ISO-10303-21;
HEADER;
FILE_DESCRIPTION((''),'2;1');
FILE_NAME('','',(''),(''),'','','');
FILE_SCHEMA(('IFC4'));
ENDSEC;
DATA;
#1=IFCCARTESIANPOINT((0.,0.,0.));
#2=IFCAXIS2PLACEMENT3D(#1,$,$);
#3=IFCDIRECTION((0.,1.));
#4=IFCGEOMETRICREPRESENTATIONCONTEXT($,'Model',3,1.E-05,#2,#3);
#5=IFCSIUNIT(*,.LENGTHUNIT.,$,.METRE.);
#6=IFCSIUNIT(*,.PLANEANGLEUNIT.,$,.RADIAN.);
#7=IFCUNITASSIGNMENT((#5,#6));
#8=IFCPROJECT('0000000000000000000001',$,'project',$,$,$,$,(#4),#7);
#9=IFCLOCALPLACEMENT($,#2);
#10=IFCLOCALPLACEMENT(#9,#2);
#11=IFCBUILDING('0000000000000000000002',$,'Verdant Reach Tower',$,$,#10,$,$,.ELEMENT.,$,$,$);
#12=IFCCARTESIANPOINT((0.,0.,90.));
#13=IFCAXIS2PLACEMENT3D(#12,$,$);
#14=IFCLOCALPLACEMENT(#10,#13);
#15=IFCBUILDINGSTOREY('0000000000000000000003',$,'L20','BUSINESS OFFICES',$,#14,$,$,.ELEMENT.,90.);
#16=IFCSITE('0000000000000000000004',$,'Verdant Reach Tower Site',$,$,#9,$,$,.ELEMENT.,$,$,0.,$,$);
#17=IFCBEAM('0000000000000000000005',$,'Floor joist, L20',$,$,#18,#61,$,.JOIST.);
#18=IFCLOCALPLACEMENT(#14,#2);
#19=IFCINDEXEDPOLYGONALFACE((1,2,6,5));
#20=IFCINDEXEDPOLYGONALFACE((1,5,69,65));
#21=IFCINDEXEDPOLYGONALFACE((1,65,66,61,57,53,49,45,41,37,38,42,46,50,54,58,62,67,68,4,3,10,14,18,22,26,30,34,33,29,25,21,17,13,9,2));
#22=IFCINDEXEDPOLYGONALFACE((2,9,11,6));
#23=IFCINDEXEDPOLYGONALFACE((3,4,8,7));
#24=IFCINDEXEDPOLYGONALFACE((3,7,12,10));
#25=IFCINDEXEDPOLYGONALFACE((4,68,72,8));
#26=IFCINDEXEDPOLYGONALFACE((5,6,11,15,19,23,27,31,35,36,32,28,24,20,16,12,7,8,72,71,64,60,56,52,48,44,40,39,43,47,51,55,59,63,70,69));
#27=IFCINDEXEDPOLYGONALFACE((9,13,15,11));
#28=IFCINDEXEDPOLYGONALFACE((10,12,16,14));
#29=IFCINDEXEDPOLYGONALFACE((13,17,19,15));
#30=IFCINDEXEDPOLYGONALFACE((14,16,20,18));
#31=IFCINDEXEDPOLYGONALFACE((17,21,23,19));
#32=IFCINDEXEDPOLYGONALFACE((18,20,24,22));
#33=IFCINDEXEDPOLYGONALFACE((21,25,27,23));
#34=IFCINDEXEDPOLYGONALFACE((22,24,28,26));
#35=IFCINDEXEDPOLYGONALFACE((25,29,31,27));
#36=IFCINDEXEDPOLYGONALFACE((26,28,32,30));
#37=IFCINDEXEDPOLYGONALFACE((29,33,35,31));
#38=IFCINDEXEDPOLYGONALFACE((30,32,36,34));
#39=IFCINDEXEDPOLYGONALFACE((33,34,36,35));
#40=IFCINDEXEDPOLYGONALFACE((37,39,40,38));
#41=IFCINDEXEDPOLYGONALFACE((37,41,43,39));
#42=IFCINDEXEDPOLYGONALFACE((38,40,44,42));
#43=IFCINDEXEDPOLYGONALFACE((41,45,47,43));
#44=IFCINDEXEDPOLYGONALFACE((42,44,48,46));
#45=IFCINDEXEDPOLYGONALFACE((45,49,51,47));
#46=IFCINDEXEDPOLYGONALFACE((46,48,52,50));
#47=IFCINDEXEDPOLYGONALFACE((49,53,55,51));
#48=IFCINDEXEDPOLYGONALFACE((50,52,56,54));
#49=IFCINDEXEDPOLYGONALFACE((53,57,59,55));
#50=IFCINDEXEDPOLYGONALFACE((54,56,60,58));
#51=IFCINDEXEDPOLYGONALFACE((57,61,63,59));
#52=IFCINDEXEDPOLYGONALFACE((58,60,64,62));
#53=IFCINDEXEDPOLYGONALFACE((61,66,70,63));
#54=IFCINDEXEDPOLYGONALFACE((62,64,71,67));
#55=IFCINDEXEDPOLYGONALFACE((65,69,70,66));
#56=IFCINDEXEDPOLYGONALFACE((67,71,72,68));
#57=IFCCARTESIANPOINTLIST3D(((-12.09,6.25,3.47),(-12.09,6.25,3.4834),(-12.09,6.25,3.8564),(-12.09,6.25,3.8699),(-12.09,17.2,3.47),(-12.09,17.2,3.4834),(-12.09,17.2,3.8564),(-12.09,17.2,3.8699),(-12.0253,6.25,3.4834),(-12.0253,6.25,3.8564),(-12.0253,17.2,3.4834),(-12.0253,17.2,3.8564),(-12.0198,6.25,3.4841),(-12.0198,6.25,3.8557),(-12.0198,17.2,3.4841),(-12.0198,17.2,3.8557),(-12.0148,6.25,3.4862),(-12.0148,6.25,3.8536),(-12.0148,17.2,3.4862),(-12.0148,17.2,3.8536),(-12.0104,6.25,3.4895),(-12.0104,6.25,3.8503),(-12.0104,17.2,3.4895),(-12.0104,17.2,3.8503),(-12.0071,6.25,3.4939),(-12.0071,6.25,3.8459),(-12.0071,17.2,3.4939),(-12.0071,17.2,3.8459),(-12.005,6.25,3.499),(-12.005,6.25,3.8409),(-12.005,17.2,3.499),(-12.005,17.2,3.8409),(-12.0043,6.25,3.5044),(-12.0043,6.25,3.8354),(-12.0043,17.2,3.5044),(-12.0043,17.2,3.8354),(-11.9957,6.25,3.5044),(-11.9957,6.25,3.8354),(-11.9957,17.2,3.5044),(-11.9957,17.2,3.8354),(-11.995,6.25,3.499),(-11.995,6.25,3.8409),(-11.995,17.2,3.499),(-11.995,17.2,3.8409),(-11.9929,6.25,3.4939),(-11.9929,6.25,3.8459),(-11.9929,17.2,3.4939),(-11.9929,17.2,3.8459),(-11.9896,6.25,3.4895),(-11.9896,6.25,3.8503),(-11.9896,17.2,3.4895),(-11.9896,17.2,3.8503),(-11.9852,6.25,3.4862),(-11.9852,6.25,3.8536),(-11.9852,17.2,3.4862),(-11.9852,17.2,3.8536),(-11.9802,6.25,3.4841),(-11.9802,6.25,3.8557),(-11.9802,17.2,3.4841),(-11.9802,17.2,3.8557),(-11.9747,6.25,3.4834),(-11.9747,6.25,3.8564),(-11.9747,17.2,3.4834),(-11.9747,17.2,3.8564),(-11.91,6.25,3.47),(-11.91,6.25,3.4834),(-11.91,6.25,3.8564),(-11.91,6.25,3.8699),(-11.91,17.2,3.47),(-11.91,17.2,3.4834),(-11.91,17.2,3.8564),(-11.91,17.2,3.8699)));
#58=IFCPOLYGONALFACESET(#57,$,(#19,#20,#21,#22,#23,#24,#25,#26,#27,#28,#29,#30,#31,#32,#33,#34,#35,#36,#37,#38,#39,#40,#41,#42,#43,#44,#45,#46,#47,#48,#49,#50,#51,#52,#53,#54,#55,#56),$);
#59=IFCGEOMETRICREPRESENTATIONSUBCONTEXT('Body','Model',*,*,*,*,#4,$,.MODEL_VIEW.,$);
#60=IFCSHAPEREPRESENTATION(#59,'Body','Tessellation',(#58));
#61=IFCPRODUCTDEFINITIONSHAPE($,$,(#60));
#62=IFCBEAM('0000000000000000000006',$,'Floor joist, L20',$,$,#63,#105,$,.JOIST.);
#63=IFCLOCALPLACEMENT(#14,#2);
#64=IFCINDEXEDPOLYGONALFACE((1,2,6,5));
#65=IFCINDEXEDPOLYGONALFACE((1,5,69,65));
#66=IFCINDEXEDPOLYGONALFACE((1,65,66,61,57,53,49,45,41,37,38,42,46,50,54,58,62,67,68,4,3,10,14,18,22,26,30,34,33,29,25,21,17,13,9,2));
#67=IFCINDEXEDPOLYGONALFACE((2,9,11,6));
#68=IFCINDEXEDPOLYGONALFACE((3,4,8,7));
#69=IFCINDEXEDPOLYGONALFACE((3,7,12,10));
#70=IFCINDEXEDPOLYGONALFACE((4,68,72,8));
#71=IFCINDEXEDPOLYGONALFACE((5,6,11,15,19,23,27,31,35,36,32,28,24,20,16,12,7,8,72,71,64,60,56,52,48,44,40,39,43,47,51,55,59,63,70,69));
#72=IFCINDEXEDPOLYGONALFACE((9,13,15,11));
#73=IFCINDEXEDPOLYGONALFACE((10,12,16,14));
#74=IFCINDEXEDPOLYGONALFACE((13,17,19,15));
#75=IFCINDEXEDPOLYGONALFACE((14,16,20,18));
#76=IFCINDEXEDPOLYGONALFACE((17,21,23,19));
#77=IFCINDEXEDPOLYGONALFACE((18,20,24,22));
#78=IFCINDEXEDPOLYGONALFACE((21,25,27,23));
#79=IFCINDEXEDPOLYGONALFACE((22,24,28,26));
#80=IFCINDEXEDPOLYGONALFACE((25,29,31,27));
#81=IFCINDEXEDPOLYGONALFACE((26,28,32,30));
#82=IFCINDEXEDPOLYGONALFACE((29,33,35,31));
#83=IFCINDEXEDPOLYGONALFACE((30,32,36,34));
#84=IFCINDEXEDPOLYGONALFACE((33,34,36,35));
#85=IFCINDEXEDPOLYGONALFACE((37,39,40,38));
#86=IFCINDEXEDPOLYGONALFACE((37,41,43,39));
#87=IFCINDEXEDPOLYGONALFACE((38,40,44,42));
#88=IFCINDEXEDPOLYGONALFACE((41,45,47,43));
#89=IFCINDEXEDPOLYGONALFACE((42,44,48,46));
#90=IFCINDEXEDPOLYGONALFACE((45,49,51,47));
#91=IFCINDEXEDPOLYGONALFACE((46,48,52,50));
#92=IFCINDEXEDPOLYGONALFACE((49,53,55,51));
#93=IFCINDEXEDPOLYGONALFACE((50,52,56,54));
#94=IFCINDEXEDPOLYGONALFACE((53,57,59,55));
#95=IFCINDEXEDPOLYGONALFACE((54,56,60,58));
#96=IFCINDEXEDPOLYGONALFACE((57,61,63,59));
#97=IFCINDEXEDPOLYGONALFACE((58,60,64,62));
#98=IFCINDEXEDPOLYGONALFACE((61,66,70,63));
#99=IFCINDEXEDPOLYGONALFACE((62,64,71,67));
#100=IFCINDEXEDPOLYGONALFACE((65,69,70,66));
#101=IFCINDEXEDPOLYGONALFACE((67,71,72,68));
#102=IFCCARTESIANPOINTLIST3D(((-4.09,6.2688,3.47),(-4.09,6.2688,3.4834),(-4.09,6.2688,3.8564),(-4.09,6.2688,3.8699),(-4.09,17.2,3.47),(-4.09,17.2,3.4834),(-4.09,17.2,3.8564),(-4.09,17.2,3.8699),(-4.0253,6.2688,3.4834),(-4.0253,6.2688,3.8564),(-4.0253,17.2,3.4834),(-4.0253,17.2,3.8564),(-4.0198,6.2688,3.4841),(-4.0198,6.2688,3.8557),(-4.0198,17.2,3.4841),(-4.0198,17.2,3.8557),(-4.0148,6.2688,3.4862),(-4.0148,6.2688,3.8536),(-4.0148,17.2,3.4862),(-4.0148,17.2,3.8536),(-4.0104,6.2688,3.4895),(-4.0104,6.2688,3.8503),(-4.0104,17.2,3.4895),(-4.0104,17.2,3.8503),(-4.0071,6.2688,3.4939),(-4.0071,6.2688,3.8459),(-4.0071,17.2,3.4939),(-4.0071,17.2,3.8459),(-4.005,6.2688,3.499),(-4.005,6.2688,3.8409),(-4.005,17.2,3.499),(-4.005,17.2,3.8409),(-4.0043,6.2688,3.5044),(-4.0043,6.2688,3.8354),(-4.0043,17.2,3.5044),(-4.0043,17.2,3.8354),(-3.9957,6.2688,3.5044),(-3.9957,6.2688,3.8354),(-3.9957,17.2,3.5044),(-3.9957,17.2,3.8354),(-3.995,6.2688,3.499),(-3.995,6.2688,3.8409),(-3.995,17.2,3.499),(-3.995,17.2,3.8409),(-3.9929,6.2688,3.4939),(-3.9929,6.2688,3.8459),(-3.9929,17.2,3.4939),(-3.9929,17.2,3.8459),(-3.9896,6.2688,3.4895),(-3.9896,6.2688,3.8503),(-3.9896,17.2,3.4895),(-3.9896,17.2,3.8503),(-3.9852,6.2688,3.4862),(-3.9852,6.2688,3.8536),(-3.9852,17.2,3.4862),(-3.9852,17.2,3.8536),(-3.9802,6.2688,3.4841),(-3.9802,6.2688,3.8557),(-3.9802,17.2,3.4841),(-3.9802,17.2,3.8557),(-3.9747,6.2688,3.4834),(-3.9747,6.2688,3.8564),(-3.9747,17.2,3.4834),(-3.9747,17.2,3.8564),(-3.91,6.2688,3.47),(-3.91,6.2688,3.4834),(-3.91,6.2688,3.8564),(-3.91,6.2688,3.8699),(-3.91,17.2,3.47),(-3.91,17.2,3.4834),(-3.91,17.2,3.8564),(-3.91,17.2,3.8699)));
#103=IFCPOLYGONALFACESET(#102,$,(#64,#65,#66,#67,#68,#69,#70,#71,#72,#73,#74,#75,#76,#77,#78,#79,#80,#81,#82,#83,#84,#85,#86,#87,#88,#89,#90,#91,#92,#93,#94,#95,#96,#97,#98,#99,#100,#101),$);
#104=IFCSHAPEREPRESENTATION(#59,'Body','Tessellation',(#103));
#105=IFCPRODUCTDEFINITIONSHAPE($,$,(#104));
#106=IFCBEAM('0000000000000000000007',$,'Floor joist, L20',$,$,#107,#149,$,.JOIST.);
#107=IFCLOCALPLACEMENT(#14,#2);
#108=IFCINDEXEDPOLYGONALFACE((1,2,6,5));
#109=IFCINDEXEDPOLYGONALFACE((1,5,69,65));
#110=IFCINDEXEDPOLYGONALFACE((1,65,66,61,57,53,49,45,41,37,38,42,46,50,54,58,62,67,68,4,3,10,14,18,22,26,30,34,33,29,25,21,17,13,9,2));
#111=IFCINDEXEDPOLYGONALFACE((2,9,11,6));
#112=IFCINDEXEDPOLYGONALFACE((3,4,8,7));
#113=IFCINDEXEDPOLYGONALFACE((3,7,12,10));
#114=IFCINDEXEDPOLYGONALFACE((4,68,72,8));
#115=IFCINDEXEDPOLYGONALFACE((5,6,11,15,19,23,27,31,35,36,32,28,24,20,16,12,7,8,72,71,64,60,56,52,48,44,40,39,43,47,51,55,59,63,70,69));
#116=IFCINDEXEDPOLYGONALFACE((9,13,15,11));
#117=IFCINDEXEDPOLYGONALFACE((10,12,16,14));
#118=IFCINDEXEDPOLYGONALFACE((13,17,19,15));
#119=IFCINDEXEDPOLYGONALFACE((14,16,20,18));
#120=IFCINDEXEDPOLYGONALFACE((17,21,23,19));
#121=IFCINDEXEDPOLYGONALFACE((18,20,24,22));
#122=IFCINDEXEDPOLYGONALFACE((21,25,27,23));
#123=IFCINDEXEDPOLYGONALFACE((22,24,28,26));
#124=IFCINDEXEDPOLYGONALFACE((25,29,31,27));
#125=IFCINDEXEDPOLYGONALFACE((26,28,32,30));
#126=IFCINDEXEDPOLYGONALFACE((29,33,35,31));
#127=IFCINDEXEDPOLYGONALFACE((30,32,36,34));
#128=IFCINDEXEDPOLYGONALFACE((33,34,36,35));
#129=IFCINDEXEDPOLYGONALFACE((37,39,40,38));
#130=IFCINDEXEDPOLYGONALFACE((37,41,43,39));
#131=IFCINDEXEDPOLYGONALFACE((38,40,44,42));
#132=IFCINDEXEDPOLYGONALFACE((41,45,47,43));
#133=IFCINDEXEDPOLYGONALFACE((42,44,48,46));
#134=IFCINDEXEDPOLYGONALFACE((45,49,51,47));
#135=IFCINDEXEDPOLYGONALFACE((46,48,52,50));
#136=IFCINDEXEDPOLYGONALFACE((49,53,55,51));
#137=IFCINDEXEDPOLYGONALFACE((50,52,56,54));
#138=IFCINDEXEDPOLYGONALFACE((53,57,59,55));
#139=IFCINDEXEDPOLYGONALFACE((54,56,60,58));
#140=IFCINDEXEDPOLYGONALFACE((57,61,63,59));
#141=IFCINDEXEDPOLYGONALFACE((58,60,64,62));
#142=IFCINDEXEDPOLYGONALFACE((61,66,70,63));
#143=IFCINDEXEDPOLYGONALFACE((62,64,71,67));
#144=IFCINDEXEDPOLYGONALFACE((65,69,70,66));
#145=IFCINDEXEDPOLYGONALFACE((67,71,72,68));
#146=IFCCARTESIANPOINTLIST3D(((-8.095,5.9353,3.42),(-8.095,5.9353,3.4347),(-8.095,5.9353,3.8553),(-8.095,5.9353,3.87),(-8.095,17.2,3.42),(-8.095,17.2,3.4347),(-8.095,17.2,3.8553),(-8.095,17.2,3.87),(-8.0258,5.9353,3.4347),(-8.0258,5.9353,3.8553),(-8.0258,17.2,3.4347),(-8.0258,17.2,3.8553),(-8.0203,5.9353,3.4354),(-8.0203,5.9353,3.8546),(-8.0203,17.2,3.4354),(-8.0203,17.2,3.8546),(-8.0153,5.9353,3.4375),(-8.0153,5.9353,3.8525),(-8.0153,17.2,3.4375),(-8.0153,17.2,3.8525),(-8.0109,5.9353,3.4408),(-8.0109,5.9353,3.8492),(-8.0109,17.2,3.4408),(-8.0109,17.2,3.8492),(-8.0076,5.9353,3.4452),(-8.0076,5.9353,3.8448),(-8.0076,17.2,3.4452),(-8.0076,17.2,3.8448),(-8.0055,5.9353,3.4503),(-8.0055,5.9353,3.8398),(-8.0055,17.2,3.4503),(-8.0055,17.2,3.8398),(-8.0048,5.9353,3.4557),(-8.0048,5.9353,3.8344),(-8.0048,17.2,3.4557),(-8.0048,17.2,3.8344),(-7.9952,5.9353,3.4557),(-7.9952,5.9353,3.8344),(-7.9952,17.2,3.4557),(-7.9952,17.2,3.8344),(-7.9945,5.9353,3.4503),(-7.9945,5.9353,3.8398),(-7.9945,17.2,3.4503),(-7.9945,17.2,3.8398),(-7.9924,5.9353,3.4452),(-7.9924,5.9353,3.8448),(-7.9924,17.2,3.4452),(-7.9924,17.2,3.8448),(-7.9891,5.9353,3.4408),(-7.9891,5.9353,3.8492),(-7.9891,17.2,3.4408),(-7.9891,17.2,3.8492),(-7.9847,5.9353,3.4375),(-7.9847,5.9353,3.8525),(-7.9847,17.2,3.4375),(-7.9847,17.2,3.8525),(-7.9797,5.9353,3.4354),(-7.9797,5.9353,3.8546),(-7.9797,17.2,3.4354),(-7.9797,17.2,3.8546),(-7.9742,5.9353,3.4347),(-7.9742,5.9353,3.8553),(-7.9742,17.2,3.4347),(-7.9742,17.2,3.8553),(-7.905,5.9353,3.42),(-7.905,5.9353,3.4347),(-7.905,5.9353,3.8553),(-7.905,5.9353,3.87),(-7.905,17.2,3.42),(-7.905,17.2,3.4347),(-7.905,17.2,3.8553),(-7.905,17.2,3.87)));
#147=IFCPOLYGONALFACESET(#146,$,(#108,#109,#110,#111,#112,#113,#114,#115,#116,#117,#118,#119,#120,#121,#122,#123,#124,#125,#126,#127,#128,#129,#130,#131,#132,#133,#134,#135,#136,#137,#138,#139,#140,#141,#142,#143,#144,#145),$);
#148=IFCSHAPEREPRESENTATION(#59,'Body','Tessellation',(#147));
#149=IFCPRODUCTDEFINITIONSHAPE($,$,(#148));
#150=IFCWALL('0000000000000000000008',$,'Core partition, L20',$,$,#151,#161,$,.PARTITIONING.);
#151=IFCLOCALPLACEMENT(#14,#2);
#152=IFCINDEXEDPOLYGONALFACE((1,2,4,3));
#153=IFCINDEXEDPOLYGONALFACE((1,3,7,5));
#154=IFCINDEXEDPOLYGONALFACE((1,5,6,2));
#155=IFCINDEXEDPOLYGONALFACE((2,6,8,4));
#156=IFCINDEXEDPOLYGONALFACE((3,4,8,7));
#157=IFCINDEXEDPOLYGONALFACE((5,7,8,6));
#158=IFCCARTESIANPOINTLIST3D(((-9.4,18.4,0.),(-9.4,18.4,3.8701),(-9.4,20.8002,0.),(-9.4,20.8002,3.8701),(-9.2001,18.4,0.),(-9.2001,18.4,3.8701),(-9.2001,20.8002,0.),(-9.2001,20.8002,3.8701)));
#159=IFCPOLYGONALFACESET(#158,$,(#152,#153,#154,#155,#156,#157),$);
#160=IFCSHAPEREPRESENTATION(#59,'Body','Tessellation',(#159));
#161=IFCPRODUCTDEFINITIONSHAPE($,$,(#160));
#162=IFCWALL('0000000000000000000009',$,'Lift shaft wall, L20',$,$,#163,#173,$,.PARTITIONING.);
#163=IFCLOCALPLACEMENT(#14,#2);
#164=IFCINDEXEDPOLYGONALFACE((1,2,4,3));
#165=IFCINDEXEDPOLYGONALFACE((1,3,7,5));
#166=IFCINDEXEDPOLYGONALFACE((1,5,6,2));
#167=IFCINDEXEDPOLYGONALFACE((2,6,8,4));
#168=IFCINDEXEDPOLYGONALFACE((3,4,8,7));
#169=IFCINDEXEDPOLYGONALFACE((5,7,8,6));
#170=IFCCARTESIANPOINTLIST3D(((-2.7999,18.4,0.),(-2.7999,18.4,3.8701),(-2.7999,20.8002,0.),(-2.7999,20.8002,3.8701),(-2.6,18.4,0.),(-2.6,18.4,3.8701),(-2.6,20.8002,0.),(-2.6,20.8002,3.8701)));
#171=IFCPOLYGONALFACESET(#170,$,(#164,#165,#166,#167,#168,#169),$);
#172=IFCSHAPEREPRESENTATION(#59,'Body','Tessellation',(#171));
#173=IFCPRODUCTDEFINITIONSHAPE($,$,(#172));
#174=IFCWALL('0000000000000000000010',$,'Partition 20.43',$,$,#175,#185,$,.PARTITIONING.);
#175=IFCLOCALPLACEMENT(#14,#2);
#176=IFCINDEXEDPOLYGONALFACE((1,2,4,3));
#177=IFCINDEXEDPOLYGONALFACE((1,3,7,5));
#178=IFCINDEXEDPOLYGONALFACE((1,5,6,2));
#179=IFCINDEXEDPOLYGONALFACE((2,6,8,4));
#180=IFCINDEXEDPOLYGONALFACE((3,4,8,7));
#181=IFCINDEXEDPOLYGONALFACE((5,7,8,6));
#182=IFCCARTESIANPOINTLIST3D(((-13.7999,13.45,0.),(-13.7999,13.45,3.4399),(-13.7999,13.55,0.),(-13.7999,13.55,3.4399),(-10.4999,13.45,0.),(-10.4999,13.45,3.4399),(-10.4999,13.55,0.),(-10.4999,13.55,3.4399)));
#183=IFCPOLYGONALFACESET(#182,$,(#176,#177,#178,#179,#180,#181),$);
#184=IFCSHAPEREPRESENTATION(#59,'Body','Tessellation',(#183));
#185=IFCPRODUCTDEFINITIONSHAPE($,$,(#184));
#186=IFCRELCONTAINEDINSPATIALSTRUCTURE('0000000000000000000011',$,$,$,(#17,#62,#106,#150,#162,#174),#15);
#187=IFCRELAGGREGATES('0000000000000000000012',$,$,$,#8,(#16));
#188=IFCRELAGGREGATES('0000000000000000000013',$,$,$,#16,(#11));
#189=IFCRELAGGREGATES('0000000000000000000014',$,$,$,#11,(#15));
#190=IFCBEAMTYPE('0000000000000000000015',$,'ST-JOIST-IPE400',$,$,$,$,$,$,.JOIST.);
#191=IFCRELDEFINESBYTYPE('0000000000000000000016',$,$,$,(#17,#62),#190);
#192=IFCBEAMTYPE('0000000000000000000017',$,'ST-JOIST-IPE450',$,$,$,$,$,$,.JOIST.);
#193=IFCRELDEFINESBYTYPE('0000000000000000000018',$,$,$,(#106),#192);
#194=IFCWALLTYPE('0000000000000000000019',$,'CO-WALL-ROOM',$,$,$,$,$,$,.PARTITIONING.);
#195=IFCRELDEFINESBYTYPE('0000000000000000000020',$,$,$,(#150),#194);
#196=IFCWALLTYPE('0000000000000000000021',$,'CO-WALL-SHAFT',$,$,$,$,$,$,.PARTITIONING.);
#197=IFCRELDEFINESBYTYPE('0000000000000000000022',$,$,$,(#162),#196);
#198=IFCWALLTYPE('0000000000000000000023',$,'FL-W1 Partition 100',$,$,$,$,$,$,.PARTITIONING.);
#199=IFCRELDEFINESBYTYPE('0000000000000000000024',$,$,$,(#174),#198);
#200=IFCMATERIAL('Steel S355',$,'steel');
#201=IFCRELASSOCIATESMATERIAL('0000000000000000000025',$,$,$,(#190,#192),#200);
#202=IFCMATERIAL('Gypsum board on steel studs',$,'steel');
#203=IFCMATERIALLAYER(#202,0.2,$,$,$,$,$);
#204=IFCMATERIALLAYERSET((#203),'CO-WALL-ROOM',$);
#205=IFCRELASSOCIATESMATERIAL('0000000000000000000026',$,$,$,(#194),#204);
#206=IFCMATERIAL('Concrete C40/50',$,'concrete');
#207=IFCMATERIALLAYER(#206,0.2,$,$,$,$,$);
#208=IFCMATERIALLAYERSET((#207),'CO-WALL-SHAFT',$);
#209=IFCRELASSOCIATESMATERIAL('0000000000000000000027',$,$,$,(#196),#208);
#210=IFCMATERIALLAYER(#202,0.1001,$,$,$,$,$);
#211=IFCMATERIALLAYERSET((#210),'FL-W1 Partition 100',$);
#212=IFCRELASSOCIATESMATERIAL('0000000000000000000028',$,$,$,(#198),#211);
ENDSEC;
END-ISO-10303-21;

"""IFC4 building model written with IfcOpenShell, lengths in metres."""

from ifc_helpers import new_model, si_unit, direction, frame, frame_2d, origin, origin_2d, place, context, subcontext, project, spatial, rectangle, i_section, extrude, material, layer, layer_set, material_profile, profile_set, type_object, element, save


model = new_model("IFC4")

# Units and contexts
model_context = context("Model", 3, precision=1e-05, world=origin(), true_north=direction((0.0, 1.0)))
body_context = subcontext(model_context, "Body", "Model", "MODEL_VIEW")
ifc_project = project(units=[si_unit("LENGTHUNIT", "METRE"), si_unit("PLANEANGLEUNIT", "RADIAN")], contexts=[model_context])

# Site, building, storey
site_placement = place(None, origin())
site = spatial("IfcSite", under=ifc_project, at=site_placement, Name="Verdant Reach Tower Site", CompositionType="ELEMENT", RefElevation=0.0)
building_placement = place(site_placement, origin())
building = spatial("IfcBuilding", under=site, at=building_placement, Name="Verdant Reach Tower", CompositionType="ELEMENT")
storey_placement = place(building_placement, frame((0.0, 0.0, 90.0)))
storey = spatial("IfcBuildingStorey", under=building, at=storey_placement, Name="L20", Description="BUSINESS OFFICES", CompositionType="ELEMENT", Elevation=90.0)

# Beams
ifc_material_1 = material(Name="Steel S355", Category="steel")
ifc_material_profile_1 = material_profile(ifc_material_1, i_section(OverallWidth=0.1799, OverallDepth=0.3999, WebThickness=0.0085, FlangeThickness=0.0134, FilletRadius=0.021, at=origin_2d()), Name="IPE 400")
ifc_profile_set_1 = profile_set([ifc_material_profile_1], Name="Steel S355")
beam_type_1 = type_object("IfcBeamType", Name="ST-JOIST-IPE400", PredefinedType="JOIST", material=ifc_profile_set_1)
beam_1_placement = place(storey_placement, frame((-12.0, 17.2, 3.6699), z_axis=(0.0, -1.0, 0.0), x_axis=(1.0, 0.0, 0.0)))
element("IfcBeam", 1, at=beam_1_placement, inside=storey, type_object=beam_type_1, Name="Floor joist, L20", PredefinedType="JOIST", context=body_context, shape_type="SweptSolid", body=[
    extrude(i_section(OverallWidth=0.1799, OverallDepth=0.3999, WebThickness=0.0085, FlangeThickness=0.0134, FilletRadius=0.021, at=origin_2d()), origin(), (0.0, 0.0, 1.0), 10.95),
])
beam_2_placement = place(storey_placement, frame((-4.0, 17.2, 3.6699), z_axis=(0.0, -1.0, 0.0), x_axis=(1.0, 0.0, 0.0)))
element("IfcBeam", 2, at=beam_2_placement, inside=storey, type_object=beam_type_1, Name="Floor joist, L20", PredefinedType="JOIST", context=body_context, shape_type="SweptSolid", body=[
    extrude(i_section(OverallWidth=0.1799, OverallDepth=0.3999, WebThickness=0.0085, FlangeThickness=0.0134, FilletRadius=0.021, at=origin_2d()), origin(), (0.0, 0.0, 1.0), 10.9312),
])
ifc_material_profile_2 = material_profile(ifc_material_1, i_section(OverallWidth=0.1899, OverallDepth=0.45, WebThickness=0.0095, FlangeThickness=0.0146, FilletRadius=0.021, at=origin_2d()), Name="IPE 450")
ifc_profile_set_2 = profile_set([ifc_material_profile_2], Name="Steel S355")
beam_type_2 = type_object("IfcBeamType", Name="ST-JOIST-IPE450", PredefinedType="JOIST", material=ifc_profile_set_2)
beam_3_placement = place(storey_placement, frame((-8.0, 17.2, 3.645), z_axis=(0.0, -1.0, 0.0), x_axis=(1.0, 0.0, 0.0)))
element("IfcBeam", 3, at=beam_3_placement, inside=storey, type_object=beam_type_2, Name="Floor joist, L20", PredefinedType="JOIST", context=body_context, shape_type="SweptSolid", body=[
    extrude(i_section(OverallWidth=0.1899, OverallDepth=0.45, WebThickness=0.0095, FlangeThickness=0.0146, FilletRadius=0.021, at=origin_2d()), origin(), (0.0, 0.0, 1.0), 11.2646),
])

# Walls
ifc_material_2 = material(Name="Gypsum board on steel studs", Category="steel")
ifc_layer_1 = layer(ifc_material_2, 0.2)
ifc_layer_set_1 = layer_set([ifc_layer_1], Name="CO-WALL-ROOM")
wall_type_1 = type_object("IfcWallType", Name="CO-WALL-ROOM", PredefinedType="PARTITIONING", material=ifc_layer_set_1)
wall_1_placement = place(storey_placement, frame((-9.3, 18.3999, 0.0), z_axis=(0.0, 0.0, 1.0), x_axis=(0.0, 1.0, 0.0)))
element("IfcWall", 4, at=wall_1_placement, inside=storey, type_object=wall_type_1, Name="Core partition, L20", PredefinedType="PARTITIONING", context=body_context, shape_type="SweptSolid", body=[
    extrude(rectangle(XDim=2.4001, YDim=0.2, at=frame_2d((1.2002, 0.0))), origin(), (0.0, 0.0, 1.0), 3.8701),
])
ifc_material_3 = material(Name="Concrete C40/50", Category="concrete")
ifc_layer_2 = layer(ifc_material_3, 0.2)
ifc_layer_set_2 = layer_set([ifc_layer_2], Name="CO-WALL-SHAFT")
wall_type_2 = type_object("IfcWallType", Name="CO-WALL-SHAFT", PredefinedType="PARTITIONING", material=ifc_layer_set_2)
wall_2_placement = place(storey_placement, frame((-2.7, 18.3999, 0.0), z_axis=(0.0, 0.0, 1.0), x_axis=(0.0, 1.0, 0.0)))
element("IfcWall", 5, at=wall_2_placement, inside=storey, type_object=wall_type_2, Name="Lift shaft wall, L20", PredefinedType="PARTITIONING", context=body_context, shape_type="SweptSolid", body=[
    extrude(rectangle(XDim=2.4001, YDim=0.2, at=frame_2d((1.2002, 0.0))), origin(), (0.0, 0.0, 1.0), 3.8701),
])
ifc_layer_3 = layer(ifc_material_2, 0.1001)
ifc_layer_set_3 = layer_set([ifc_layer_3], Name="FL-W1 Partition 100")
wall_type_3 = type_object("IfcWallType", Name="FL-W1 Partition 100", PredefinedType="PARTITIONING", material=ifc_layer_set_3)
wall_3_placement = place(storey_placement, frame((-10.5, 13.5, 0.0), z_axis=(0.0, 0.0, 1.0), x_axis=(-1.0, 0.0, 0.0)))
element("IfcWall", 6, at=wall_3_placement, inside=storey, type_object=wall_type_3, Name="Partition 20.43", PredefinedType="PARTITIONING", context=body_context, shape_type="SweptSolid", body=[
    extrude(rectangle(XDim=3.3, YDim=0.1001, at=frame_2d((1.6499, 0.0))), origin(), (0.0, 0.0, 1.0), 3.4399),
])

save(model, "model.ifc")
